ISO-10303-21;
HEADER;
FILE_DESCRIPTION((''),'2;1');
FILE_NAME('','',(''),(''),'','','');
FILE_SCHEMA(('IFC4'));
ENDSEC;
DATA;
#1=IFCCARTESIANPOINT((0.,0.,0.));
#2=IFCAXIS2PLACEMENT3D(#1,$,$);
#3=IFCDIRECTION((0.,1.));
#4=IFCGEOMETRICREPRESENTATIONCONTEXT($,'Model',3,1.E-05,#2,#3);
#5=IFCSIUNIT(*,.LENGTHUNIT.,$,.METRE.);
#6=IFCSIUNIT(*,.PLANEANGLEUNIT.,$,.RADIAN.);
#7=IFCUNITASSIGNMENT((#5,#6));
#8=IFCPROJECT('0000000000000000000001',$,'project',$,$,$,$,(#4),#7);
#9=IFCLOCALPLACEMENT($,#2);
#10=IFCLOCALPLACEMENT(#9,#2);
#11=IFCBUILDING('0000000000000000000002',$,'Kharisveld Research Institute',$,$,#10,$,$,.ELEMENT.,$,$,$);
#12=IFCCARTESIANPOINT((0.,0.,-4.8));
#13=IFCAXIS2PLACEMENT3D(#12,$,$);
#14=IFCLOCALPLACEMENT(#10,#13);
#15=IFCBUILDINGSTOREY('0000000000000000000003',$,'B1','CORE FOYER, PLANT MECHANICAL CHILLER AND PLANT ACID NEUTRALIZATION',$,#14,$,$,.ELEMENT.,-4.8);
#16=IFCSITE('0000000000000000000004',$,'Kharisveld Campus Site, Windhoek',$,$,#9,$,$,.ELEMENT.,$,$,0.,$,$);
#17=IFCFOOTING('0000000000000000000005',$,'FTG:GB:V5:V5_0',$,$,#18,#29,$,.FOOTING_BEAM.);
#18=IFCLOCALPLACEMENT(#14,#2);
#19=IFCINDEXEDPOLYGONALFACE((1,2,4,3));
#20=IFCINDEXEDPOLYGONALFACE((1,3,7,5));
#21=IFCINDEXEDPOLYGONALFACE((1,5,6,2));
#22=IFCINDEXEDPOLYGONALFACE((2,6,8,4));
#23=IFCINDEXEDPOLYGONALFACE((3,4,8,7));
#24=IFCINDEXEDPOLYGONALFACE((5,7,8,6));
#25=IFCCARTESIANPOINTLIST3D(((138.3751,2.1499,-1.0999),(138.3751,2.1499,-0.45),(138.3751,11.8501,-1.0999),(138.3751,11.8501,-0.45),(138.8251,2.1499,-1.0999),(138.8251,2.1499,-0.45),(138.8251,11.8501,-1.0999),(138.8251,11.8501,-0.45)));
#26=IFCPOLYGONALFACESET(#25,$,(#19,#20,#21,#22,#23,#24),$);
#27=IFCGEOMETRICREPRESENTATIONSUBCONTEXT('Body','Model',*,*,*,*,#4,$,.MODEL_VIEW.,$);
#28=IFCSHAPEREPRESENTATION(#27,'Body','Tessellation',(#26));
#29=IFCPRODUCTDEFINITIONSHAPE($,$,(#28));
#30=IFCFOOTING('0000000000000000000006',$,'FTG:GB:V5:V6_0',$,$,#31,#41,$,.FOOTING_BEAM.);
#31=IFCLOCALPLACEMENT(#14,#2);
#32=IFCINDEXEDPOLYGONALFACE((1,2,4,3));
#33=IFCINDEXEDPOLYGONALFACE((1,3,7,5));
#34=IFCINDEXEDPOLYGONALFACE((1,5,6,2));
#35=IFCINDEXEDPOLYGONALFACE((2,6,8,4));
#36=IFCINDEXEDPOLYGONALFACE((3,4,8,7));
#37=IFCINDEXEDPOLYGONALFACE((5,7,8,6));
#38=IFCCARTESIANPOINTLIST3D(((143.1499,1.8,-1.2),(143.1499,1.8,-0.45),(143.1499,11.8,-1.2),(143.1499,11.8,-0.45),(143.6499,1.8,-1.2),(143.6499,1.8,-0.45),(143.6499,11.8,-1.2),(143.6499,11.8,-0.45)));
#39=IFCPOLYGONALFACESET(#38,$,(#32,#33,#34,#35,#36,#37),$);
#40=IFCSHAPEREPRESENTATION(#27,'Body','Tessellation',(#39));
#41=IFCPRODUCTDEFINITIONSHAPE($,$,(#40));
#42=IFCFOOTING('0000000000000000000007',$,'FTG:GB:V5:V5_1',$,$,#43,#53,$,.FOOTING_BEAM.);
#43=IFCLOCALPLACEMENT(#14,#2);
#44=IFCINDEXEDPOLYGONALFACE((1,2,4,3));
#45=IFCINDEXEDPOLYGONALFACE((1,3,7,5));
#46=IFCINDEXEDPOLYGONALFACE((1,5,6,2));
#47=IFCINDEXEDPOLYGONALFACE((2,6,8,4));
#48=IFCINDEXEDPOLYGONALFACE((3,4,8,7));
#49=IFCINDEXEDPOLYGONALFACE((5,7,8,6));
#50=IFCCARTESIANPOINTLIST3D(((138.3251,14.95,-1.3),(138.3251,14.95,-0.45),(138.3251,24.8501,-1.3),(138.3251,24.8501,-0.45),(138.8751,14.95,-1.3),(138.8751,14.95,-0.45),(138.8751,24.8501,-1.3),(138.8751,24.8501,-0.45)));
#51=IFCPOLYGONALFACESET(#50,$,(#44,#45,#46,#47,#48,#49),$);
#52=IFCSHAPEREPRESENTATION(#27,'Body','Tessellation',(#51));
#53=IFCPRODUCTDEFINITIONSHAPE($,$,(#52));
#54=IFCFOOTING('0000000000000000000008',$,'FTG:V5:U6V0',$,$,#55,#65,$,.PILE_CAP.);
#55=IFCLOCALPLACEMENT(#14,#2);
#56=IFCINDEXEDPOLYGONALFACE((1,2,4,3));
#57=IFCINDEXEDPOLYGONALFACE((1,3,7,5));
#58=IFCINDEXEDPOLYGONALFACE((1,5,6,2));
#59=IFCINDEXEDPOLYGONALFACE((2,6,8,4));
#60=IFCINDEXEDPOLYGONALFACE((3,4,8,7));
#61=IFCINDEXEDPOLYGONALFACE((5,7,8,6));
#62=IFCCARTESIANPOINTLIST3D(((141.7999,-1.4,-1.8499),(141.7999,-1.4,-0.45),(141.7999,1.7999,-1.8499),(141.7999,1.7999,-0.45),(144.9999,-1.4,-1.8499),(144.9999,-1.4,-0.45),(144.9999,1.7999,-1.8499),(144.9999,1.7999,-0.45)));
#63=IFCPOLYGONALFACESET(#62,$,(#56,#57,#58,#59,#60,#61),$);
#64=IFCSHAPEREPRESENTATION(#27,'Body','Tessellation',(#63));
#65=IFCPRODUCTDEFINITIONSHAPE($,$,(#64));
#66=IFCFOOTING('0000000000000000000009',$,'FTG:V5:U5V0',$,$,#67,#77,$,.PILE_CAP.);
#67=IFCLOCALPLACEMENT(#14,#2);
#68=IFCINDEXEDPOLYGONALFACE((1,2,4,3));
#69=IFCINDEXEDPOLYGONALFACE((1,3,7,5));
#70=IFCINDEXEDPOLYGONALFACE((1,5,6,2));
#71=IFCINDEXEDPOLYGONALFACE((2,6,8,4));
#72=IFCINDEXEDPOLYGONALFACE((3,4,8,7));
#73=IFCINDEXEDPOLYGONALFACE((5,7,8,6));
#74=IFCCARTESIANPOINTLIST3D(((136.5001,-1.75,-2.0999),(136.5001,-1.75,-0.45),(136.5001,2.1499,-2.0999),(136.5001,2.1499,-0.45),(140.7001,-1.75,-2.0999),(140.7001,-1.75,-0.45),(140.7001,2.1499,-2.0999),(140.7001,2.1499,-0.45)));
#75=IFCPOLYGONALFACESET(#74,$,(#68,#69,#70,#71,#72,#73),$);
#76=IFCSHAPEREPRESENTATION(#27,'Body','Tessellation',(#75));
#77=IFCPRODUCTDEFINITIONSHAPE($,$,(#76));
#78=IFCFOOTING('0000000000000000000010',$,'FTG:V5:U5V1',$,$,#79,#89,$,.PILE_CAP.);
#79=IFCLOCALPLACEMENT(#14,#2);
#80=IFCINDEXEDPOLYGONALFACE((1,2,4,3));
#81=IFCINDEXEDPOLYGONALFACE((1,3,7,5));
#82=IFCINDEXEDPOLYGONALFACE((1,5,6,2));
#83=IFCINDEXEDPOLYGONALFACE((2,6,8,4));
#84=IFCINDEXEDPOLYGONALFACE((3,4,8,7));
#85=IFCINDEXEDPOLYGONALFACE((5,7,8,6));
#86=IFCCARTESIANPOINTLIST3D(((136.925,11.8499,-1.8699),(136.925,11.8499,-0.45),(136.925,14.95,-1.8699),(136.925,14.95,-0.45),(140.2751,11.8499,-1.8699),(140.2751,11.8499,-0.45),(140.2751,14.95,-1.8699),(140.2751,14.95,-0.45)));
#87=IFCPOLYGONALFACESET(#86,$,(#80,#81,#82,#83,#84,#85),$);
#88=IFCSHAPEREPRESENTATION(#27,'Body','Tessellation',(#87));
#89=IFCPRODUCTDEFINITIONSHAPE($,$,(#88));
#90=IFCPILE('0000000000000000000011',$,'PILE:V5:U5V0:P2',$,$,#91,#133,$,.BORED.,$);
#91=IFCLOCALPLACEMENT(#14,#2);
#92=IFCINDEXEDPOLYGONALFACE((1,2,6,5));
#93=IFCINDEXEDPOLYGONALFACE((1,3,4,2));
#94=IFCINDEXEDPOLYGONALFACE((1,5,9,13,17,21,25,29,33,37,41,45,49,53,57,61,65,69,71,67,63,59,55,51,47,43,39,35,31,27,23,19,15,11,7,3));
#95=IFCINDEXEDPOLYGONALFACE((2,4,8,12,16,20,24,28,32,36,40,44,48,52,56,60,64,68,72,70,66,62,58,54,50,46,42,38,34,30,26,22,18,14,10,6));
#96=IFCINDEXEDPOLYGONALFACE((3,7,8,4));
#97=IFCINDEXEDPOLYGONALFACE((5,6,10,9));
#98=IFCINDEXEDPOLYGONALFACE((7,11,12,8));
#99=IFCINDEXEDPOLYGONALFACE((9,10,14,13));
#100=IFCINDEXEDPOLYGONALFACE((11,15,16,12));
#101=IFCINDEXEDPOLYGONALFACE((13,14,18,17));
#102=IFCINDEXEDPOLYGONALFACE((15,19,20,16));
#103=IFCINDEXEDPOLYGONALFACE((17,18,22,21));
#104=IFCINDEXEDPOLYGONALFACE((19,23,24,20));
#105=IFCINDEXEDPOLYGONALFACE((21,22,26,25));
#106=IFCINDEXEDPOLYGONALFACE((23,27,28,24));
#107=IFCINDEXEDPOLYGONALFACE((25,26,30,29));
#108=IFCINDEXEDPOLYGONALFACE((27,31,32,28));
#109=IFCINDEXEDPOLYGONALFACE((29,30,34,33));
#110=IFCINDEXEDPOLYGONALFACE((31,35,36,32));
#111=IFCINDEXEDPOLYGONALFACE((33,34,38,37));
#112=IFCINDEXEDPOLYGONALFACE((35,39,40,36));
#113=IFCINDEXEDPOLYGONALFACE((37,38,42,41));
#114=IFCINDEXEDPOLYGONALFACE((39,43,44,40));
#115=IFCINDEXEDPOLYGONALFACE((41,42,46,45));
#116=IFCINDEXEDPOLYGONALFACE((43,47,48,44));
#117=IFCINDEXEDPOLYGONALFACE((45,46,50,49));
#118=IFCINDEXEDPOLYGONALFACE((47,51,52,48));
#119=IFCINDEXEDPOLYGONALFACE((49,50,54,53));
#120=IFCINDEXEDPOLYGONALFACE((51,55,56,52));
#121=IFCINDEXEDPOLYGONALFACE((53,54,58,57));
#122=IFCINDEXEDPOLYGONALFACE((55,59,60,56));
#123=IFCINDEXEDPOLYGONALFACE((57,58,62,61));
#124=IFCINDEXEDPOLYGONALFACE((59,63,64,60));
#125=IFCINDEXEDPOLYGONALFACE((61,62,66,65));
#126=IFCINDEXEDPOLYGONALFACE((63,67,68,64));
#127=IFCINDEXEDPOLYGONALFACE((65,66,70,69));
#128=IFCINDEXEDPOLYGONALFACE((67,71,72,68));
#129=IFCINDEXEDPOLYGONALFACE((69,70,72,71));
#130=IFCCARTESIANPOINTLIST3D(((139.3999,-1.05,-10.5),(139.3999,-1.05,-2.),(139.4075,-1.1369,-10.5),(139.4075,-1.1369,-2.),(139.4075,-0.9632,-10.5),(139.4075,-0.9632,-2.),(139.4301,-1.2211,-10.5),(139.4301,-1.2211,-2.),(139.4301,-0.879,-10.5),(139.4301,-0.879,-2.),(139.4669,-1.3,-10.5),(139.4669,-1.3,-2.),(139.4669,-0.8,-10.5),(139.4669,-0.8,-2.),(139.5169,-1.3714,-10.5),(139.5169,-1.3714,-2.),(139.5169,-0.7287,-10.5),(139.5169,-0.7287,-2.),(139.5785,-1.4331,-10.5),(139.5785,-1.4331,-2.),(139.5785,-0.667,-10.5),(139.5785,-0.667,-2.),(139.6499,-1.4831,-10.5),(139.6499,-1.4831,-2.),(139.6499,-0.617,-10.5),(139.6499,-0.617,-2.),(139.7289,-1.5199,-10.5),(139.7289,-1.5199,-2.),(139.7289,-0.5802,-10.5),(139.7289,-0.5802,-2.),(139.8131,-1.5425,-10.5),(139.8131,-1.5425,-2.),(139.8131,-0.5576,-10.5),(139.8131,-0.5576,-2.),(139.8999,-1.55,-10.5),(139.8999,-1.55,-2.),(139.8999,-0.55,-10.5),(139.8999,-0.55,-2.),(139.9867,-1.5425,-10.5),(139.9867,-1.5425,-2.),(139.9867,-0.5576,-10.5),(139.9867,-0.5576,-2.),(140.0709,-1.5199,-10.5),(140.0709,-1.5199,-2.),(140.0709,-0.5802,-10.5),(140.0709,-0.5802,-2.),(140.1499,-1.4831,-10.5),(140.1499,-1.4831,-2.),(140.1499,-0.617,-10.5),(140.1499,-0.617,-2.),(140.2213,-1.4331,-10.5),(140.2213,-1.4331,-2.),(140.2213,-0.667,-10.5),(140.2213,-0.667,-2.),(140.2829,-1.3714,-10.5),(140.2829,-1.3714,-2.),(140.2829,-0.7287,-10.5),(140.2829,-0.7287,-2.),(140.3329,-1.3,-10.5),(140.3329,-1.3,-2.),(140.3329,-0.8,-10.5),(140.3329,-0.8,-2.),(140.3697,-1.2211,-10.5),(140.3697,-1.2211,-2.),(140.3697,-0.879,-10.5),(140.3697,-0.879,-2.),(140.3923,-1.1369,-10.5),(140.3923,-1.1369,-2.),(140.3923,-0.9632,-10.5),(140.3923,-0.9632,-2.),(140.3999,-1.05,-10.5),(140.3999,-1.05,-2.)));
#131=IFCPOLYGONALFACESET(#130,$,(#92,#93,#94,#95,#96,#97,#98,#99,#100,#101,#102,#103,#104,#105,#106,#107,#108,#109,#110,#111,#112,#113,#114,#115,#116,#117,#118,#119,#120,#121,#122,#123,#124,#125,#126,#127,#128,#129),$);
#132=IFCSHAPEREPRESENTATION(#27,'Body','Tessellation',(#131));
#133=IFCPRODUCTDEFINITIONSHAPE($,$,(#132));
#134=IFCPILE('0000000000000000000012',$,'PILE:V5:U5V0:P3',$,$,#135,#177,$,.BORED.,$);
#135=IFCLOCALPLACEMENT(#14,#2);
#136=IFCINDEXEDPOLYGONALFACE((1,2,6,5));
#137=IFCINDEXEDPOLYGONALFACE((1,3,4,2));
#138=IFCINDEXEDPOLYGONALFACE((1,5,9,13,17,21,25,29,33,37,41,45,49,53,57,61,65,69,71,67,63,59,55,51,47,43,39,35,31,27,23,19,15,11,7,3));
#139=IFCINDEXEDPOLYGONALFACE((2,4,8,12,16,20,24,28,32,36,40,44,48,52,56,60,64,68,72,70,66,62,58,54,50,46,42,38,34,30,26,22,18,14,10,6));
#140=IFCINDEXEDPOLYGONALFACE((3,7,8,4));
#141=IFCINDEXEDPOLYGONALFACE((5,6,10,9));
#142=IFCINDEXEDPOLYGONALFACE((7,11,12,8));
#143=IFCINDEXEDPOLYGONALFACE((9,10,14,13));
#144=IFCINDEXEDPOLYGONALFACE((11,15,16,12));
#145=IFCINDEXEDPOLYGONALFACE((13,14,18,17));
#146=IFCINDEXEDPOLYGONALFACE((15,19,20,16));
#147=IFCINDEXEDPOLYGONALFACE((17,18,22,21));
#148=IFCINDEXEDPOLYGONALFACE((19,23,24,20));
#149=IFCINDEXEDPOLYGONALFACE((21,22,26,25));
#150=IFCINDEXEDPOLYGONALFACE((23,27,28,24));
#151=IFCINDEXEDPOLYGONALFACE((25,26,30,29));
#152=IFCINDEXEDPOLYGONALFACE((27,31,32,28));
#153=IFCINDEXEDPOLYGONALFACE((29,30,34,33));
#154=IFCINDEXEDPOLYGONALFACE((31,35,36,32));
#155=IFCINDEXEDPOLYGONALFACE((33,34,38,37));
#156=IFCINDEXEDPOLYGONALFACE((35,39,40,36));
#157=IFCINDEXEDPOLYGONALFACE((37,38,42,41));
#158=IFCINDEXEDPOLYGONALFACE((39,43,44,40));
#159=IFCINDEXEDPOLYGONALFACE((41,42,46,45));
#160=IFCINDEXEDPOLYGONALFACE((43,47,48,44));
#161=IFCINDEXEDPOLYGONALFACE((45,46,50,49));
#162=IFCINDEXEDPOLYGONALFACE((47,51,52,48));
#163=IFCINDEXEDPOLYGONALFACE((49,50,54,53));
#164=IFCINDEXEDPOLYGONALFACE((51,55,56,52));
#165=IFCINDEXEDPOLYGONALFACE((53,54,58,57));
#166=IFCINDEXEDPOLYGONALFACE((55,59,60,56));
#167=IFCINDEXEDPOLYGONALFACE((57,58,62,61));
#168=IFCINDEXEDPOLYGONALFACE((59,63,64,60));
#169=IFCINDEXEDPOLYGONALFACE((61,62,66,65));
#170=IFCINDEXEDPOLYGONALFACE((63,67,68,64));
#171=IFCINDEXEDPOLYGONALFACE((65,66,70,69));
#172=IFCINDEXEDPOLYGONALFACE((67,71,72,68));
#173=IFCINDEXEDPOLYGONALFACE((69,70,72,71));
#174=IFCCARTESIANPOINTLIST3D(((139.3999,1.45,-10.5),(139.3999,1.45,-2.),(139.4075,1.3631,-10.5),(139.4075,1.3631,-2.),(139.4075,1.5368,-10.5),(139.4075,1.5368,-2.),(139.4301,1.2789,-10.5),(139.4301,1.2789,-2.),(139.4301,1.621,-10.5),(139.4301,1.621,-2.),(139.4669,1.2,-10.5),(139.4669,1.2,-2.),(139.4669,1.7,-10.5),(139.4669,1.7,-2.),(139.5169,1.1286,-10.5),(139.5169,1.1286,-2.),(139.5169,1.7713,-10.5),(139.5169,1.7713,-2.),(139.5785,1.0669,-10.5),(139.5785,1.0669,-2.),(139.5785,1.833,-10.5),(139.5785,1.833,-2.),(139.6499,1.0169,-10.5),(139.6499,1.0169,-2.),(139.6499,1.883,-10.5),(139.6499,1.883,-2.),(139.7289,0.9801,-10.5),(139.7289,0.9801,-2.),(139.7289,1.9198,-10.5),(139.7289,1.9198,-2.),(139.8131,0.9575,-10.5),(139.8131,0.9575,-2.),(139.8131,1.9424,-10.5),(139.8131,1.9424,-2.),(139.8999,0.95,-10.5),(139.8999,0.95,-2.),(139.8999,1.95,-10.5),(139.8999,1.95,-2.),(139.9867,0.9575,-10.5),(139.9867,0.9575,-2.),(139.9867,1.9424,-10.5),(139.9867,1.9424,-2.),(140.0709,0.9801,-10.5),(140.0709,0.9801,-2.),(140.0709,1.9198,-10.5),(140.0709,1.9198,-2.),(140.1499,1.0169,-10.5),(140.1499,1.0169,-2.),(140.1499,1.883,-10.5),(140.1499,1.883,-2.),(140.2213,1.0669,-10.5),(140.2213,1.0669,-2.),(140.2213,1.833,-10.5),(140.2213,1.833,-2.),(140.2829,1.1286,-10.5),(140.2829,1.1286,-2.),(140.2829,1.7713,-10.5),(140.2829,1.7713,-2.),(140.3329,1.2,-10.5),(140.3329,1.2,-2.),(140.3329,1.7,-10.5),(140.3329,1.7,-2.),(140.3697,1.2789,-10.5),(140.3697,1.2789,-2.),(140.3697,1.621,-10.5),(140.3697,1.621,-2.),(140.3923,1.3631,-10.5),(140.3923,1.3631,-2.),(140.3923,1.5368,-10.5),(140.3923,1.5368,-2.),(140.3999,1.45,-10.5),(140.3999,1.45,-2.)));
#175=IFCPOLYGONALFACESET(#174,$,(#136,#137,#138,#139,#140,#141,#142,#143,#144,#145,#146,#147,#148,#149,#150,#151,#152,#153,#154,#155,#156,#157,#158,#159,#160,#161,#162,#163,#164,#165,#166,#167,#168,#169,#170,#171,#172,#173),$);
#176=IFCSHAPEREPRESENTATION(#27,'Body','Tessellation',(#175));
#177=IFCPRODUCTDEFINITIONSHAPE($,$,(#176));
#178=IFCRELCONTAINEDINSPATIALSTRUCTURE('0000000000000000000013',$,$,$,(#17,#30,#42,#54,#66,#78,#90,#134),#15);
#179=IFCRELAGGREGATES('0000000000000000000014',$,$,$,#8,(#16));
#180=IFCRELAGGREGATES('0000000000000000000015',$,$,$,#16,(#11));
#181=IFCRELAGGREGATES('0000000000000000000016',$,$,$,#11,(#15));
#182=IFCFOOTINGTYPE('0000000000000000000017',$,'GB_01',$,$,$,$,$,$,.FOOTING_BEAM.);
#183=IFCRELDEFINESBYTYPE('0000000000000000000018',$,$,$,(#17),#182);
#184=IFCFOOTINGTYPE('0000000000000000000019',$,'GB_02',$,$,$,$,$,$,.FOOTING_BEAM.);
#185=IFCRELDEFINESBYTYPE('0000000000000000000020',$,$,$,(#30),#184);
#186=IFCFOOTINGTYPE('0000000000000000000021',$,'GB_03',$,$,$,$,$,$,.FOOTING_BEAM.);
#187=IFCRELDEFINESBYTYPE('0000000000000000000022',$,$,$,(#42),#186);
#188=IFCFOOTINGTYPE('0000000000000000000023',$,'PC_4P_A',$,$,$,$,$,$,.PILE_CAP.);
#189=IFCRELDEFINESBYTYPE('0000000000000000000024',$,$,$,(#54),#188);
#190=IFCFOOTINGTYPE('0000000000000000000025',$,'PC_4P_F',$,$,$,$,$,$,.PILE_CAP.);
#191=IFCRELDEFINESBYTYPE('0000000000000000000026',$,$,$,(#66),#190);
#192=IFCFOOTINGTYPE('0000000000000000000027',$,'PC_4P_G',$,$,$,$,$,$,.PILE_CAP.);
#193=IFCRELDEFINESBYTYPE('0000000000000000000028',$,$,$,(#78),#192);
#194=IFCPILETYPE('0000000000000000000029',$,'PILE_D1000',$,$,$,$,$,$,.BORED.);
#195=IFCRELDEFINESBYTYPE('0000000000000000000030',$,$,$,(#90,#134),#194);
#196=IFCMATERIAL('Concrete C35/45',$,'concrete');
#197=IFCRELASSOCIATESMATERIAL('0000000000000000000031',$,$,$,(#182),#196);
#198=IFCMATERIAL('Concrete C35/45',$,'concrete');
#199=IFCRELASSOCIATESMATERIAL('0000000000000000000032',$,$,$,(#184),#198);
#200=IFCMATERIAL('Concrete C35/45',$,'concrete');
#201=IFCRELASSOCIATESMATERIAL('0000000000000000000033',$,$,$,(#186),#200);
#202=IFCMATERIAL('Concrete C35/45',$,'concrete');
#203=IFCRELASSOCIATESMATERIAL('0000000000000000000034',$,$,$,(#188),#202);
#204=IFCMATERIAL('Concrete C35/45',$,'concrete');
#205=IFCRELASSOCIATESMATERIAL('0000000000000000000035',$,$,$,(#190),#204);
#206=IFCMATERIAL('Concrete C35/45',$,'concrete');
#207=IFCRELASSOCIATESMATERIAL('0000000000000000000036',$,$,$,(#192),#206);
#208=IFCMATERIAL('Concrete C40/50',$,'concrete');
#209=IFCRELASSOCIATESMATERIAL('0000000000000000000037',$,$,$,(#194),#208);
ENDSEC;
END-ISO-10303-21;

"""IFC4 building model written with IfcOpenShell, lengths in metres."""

from ifc_helpers import new_model, si_unit, direction, frame, origin, origin_2d, place, context, subcontext, project, spatial, rectangle, circle, extrude, material, material_profile, profile_set, type_object, element, save


model = new_model("IFC4")

# Units and contexts
model_context = context("Model", 3, precision=1e-05, world=origin(), true_north=direction((0.0, 1.0)))
body_context = subcontext(model_context, "Body", "Model", "MODEL_VIEW")
ifc_project = project(units=[si_unit("LENGTHUNIT", "METRE"), si_unit("PLANEANGLEUNIT", "RADIAN")], contexts=[model_context])

# Site, building, storey
site_placement = place(None, origin())
site = spatial("IfcSite", under=ifc_project, at=site_placement, Name="Kharisveld Campus Site, Windhoek", CompositionType="ELEMENT", RefElevation=0.0)
building_placement = place(site_placement, origin())
building = spatial("IfcBuilding", under=site, at=building_placement, Name="Kharisveld Research Institute", CompositionType="ELEMENT")
storey_placement = place(building_placement, frame((0.0, 0.0, -4.8)))
storey = spatial("IfcBuildingStorey", under=building, at=storey_placement, Name="B1", Description="CORE FOYER, PLANT MECHANICAL CHILLER AND PLANT ACID NEUTRALIZATION", CompositionType="ELEMENT", Elevation=-4.8)

# Footings
ifc_material_1 = material(Name="Concrete C35/45", Category="concrete")
ifc_material_profile_1 = material_profile(ifc_material_1, rectangle(XDim=0.45, YDim=0.6499, at=origin_2d()))
ifc_profile_set_1 = profile_set([ifc_material_profile_1], Name="Concrete C35/45")
footing_type_1 = type_object("IfcFootingType", Name="GB_01", PredefinedType="FOOTING_BEAM", material=ifc_profile_set_1)
footing_1_placement = place(storey_placement, frame((138.6001, 2.1499, -0.7749), z_axis=(0.0, 1.0, 0.0), x_axis=(-1.0, 0.0, 0.0)))
element("IfcFooting", 1, at=footing_1_placement, inside=storey, type_object=footing_type_1, Name="FTG:GB:V5:V5_0", PredefinedType="FOOTING_BEAM", context=body_context, shape_type="SweptSolid", body=[
    extrude(rectangle(XDim=0.45, YDim=0.6499, at=origin_2d()), origin(), (0.0, 0.0, 1.0), 9.7002),
])
ifc_material_2 = material(Name="Concrete C35/45", Category="concrete")
ifc_material_profile_2 = material_profile(ifc_material_2, rectangle(XDim=0.5, YDim=0.75, at=origin_2d()))
ifc_profile_set_2 = profile_set([ifc_material_profile_2], Name="Concrete C35/45")
footing_type_2 = type_object("IfcFootingType", Name="GB_02", PredefinedType="FOOTING_BEAM", material=ifc_profile_set_2)
footing_2_placement = place(storey_placement, frame((143.3999, 1.8, -0.825), z_axis=(0.0, 1.0, 0.0), x_axis=(-1.0, 0.0, 0.0)))
element("IfcFooting", 2, at=footing_2_placement, inside=storey, type_object=footing_type_2, Name="FTG:GB:V5:V6_0", PredefinedType="FOOTING_BEAM", context=body_context, shape_type="SweptSolid", body=[
    extrude(rectangle(XDim=0.5, YDim=0.75, at=origin_2d()), origin(), (0.0, 0.0, 1.0), 10.0),
])
ifc_material_3 = material(Name="Concrete C35/45", Category="concrete")
ifc_material_profile_3 = material_profile(ifc_material_3, rectangle(XDim=0.55, YDim=0.8501, at=origin_2d()))
ifc_profile_set_3 = profile_set([ifc_material_profile_3], Name="Concrete C35/45")
footing_type_3 = type_object("IfcFootingType", Name="GB_03", PredefinedType="FOOTING_BEAM", material=ifc_profile_set_3)
footing_3_placement = place(storey_placement, frame((138.6001, 14.95, -0.875), z_axis=(0.0, 1.0, 0.0), x_axis=(-1.0, 0.0, 0.0)))
element("IfcFooting", 3, at=footing_3_placement, inside=storey, type_object=footing_type_3, Name="FTG:GB:V5:V5_1", PredefinedType="FOOTING_BEAM", context=body_context, shape_type="SweptSolid", body=[
    extrude(rectangle(XDim=0.55, YDim=0.8501, at=origin_2d()), origin(), (0.0, 0.0, 1.0), 9.9001),
])
ifc_material_4 = material(Name="Concrete C35/45", Category="concrete")
footing_type_4 = type_object("IfcFootingType", Name="PC_4P_A", PredefinedType="PILE_CAP", material=ifc_material_4)
footing_4_placement = place(storey_placement, frame((143.3999, 0.2, -1.8499), z_axis=(0.0, 0.0, 1.0), x_axis=(1.0, 0.0, 0.0)))
element("IfcFooting", 4, at=footing_4_placement, inside=storey, type_object=footing_type_4, Name="FTG:V5:U6V0", PredefinedType="PILE_CAP", context=body_context, shape_type="SweptSolid", body=[
    extrude(rectangle(XDim=3.2, YDim=3.2, at=origin_2d()), origin(), (0.0, 0.0, 1.0), 1.3999),
])
ifc_material_5 = material(Name="Concrete C35/45", Category="concrete")
footing_type_5 = type_object("IfcFootingType", Name="PC_4P_F", PredefinedType="PILE_CAP", material=ifc_material_5)
footing_5_placement = place(storey_placement, frame((138.6001, 0.2, -2.0999), z_axis=(0.0, 0.0, 1.0), x_axis=(1.0, 0.0, 0.0)))
element("IfcFooting", 5, at=footing_5_placement, inside=storey, type_object=footing_type_5, Name="FTG:V5:U5V0", PredefinedType="PILE_CAP", context=body_context, shape_type="SweptSolid", body=[
    extrude(rectangle(XDim=4.2, YDim=3.8999, at=origin_2d()), origin(), (0.0, 0.0, 1.0), 1.6499),
])
ifc_material_6 = material(Name="Concrete C35/45", Category="concrete")
footing_type_6 = type_object("IfcFootingType", Name="PC_4P_G", PredefinedType="PILE_CAP", material=ifc_material_6)
footing_6_placement = place(storey_placement, frame((138.6001, 13.3999, -1.8699), z_axis=(0.0, 0.0, 1.0), x_axis=(1.0, 0.0, 0.0)))
element("IfcFooting", 6, at=footing_6_placement, inside=storey, type_object=footing_type_6, Name="FTG:V5:U5V1", PredefinedType="PILE_CAP", context=body_context, shape_type="SweptSolid", body=[
    extrude(rectangle(XDim=3.3501, YDim=3.1001, at=origin_2d()), origin(), (0.0, 0.0, 1.0), 1.4199),
])

# Piles
ifc_material_7 = material(Name="Concrete C40/50", Category="concrete")
ifc_material_profile_4 = material_profile(ifc_material_7, circle(Radius=0.5, at=origin_2d()))
ifc_profile_set_4 = profile_set([ifc_material_profile_4], Name="Concrete C40/50")
pile_type_1 = type_object("IfcPileType", Name="PILE_D1000", PredefinedType="BORED", material=ifc_profile_set_4)
for number, where, z_axis, x_axis, name in (
    (7, (139.8999, -1.05, -2.0), (0.0, 0.0, -1.0), (1.0, 0.0, 0.0), "PILE:V5:U5V0:P2"),
    (8, (139.8999, 1.45, -2.0), (0.0, 0.0, -1.0), (1.0, 0.0, 0.0), "PILE:V5:U5V0:P3"),
):
    element("IfcPile", number, at=place(storey_placement, frame(where, z_axis=z_axis, x_axis=x_axis)), inside=storey, type_object=pile_type_1, Name=name, PredefinedType="BORED", context=body_context, shape_type="SweptSolid", body=[
        extrude(circle(Radius=0.5, at=origin_2d()), origin(), (0.0, 0.0, 1.0), 8.5),
    ])

save(model, "model.ifc")
